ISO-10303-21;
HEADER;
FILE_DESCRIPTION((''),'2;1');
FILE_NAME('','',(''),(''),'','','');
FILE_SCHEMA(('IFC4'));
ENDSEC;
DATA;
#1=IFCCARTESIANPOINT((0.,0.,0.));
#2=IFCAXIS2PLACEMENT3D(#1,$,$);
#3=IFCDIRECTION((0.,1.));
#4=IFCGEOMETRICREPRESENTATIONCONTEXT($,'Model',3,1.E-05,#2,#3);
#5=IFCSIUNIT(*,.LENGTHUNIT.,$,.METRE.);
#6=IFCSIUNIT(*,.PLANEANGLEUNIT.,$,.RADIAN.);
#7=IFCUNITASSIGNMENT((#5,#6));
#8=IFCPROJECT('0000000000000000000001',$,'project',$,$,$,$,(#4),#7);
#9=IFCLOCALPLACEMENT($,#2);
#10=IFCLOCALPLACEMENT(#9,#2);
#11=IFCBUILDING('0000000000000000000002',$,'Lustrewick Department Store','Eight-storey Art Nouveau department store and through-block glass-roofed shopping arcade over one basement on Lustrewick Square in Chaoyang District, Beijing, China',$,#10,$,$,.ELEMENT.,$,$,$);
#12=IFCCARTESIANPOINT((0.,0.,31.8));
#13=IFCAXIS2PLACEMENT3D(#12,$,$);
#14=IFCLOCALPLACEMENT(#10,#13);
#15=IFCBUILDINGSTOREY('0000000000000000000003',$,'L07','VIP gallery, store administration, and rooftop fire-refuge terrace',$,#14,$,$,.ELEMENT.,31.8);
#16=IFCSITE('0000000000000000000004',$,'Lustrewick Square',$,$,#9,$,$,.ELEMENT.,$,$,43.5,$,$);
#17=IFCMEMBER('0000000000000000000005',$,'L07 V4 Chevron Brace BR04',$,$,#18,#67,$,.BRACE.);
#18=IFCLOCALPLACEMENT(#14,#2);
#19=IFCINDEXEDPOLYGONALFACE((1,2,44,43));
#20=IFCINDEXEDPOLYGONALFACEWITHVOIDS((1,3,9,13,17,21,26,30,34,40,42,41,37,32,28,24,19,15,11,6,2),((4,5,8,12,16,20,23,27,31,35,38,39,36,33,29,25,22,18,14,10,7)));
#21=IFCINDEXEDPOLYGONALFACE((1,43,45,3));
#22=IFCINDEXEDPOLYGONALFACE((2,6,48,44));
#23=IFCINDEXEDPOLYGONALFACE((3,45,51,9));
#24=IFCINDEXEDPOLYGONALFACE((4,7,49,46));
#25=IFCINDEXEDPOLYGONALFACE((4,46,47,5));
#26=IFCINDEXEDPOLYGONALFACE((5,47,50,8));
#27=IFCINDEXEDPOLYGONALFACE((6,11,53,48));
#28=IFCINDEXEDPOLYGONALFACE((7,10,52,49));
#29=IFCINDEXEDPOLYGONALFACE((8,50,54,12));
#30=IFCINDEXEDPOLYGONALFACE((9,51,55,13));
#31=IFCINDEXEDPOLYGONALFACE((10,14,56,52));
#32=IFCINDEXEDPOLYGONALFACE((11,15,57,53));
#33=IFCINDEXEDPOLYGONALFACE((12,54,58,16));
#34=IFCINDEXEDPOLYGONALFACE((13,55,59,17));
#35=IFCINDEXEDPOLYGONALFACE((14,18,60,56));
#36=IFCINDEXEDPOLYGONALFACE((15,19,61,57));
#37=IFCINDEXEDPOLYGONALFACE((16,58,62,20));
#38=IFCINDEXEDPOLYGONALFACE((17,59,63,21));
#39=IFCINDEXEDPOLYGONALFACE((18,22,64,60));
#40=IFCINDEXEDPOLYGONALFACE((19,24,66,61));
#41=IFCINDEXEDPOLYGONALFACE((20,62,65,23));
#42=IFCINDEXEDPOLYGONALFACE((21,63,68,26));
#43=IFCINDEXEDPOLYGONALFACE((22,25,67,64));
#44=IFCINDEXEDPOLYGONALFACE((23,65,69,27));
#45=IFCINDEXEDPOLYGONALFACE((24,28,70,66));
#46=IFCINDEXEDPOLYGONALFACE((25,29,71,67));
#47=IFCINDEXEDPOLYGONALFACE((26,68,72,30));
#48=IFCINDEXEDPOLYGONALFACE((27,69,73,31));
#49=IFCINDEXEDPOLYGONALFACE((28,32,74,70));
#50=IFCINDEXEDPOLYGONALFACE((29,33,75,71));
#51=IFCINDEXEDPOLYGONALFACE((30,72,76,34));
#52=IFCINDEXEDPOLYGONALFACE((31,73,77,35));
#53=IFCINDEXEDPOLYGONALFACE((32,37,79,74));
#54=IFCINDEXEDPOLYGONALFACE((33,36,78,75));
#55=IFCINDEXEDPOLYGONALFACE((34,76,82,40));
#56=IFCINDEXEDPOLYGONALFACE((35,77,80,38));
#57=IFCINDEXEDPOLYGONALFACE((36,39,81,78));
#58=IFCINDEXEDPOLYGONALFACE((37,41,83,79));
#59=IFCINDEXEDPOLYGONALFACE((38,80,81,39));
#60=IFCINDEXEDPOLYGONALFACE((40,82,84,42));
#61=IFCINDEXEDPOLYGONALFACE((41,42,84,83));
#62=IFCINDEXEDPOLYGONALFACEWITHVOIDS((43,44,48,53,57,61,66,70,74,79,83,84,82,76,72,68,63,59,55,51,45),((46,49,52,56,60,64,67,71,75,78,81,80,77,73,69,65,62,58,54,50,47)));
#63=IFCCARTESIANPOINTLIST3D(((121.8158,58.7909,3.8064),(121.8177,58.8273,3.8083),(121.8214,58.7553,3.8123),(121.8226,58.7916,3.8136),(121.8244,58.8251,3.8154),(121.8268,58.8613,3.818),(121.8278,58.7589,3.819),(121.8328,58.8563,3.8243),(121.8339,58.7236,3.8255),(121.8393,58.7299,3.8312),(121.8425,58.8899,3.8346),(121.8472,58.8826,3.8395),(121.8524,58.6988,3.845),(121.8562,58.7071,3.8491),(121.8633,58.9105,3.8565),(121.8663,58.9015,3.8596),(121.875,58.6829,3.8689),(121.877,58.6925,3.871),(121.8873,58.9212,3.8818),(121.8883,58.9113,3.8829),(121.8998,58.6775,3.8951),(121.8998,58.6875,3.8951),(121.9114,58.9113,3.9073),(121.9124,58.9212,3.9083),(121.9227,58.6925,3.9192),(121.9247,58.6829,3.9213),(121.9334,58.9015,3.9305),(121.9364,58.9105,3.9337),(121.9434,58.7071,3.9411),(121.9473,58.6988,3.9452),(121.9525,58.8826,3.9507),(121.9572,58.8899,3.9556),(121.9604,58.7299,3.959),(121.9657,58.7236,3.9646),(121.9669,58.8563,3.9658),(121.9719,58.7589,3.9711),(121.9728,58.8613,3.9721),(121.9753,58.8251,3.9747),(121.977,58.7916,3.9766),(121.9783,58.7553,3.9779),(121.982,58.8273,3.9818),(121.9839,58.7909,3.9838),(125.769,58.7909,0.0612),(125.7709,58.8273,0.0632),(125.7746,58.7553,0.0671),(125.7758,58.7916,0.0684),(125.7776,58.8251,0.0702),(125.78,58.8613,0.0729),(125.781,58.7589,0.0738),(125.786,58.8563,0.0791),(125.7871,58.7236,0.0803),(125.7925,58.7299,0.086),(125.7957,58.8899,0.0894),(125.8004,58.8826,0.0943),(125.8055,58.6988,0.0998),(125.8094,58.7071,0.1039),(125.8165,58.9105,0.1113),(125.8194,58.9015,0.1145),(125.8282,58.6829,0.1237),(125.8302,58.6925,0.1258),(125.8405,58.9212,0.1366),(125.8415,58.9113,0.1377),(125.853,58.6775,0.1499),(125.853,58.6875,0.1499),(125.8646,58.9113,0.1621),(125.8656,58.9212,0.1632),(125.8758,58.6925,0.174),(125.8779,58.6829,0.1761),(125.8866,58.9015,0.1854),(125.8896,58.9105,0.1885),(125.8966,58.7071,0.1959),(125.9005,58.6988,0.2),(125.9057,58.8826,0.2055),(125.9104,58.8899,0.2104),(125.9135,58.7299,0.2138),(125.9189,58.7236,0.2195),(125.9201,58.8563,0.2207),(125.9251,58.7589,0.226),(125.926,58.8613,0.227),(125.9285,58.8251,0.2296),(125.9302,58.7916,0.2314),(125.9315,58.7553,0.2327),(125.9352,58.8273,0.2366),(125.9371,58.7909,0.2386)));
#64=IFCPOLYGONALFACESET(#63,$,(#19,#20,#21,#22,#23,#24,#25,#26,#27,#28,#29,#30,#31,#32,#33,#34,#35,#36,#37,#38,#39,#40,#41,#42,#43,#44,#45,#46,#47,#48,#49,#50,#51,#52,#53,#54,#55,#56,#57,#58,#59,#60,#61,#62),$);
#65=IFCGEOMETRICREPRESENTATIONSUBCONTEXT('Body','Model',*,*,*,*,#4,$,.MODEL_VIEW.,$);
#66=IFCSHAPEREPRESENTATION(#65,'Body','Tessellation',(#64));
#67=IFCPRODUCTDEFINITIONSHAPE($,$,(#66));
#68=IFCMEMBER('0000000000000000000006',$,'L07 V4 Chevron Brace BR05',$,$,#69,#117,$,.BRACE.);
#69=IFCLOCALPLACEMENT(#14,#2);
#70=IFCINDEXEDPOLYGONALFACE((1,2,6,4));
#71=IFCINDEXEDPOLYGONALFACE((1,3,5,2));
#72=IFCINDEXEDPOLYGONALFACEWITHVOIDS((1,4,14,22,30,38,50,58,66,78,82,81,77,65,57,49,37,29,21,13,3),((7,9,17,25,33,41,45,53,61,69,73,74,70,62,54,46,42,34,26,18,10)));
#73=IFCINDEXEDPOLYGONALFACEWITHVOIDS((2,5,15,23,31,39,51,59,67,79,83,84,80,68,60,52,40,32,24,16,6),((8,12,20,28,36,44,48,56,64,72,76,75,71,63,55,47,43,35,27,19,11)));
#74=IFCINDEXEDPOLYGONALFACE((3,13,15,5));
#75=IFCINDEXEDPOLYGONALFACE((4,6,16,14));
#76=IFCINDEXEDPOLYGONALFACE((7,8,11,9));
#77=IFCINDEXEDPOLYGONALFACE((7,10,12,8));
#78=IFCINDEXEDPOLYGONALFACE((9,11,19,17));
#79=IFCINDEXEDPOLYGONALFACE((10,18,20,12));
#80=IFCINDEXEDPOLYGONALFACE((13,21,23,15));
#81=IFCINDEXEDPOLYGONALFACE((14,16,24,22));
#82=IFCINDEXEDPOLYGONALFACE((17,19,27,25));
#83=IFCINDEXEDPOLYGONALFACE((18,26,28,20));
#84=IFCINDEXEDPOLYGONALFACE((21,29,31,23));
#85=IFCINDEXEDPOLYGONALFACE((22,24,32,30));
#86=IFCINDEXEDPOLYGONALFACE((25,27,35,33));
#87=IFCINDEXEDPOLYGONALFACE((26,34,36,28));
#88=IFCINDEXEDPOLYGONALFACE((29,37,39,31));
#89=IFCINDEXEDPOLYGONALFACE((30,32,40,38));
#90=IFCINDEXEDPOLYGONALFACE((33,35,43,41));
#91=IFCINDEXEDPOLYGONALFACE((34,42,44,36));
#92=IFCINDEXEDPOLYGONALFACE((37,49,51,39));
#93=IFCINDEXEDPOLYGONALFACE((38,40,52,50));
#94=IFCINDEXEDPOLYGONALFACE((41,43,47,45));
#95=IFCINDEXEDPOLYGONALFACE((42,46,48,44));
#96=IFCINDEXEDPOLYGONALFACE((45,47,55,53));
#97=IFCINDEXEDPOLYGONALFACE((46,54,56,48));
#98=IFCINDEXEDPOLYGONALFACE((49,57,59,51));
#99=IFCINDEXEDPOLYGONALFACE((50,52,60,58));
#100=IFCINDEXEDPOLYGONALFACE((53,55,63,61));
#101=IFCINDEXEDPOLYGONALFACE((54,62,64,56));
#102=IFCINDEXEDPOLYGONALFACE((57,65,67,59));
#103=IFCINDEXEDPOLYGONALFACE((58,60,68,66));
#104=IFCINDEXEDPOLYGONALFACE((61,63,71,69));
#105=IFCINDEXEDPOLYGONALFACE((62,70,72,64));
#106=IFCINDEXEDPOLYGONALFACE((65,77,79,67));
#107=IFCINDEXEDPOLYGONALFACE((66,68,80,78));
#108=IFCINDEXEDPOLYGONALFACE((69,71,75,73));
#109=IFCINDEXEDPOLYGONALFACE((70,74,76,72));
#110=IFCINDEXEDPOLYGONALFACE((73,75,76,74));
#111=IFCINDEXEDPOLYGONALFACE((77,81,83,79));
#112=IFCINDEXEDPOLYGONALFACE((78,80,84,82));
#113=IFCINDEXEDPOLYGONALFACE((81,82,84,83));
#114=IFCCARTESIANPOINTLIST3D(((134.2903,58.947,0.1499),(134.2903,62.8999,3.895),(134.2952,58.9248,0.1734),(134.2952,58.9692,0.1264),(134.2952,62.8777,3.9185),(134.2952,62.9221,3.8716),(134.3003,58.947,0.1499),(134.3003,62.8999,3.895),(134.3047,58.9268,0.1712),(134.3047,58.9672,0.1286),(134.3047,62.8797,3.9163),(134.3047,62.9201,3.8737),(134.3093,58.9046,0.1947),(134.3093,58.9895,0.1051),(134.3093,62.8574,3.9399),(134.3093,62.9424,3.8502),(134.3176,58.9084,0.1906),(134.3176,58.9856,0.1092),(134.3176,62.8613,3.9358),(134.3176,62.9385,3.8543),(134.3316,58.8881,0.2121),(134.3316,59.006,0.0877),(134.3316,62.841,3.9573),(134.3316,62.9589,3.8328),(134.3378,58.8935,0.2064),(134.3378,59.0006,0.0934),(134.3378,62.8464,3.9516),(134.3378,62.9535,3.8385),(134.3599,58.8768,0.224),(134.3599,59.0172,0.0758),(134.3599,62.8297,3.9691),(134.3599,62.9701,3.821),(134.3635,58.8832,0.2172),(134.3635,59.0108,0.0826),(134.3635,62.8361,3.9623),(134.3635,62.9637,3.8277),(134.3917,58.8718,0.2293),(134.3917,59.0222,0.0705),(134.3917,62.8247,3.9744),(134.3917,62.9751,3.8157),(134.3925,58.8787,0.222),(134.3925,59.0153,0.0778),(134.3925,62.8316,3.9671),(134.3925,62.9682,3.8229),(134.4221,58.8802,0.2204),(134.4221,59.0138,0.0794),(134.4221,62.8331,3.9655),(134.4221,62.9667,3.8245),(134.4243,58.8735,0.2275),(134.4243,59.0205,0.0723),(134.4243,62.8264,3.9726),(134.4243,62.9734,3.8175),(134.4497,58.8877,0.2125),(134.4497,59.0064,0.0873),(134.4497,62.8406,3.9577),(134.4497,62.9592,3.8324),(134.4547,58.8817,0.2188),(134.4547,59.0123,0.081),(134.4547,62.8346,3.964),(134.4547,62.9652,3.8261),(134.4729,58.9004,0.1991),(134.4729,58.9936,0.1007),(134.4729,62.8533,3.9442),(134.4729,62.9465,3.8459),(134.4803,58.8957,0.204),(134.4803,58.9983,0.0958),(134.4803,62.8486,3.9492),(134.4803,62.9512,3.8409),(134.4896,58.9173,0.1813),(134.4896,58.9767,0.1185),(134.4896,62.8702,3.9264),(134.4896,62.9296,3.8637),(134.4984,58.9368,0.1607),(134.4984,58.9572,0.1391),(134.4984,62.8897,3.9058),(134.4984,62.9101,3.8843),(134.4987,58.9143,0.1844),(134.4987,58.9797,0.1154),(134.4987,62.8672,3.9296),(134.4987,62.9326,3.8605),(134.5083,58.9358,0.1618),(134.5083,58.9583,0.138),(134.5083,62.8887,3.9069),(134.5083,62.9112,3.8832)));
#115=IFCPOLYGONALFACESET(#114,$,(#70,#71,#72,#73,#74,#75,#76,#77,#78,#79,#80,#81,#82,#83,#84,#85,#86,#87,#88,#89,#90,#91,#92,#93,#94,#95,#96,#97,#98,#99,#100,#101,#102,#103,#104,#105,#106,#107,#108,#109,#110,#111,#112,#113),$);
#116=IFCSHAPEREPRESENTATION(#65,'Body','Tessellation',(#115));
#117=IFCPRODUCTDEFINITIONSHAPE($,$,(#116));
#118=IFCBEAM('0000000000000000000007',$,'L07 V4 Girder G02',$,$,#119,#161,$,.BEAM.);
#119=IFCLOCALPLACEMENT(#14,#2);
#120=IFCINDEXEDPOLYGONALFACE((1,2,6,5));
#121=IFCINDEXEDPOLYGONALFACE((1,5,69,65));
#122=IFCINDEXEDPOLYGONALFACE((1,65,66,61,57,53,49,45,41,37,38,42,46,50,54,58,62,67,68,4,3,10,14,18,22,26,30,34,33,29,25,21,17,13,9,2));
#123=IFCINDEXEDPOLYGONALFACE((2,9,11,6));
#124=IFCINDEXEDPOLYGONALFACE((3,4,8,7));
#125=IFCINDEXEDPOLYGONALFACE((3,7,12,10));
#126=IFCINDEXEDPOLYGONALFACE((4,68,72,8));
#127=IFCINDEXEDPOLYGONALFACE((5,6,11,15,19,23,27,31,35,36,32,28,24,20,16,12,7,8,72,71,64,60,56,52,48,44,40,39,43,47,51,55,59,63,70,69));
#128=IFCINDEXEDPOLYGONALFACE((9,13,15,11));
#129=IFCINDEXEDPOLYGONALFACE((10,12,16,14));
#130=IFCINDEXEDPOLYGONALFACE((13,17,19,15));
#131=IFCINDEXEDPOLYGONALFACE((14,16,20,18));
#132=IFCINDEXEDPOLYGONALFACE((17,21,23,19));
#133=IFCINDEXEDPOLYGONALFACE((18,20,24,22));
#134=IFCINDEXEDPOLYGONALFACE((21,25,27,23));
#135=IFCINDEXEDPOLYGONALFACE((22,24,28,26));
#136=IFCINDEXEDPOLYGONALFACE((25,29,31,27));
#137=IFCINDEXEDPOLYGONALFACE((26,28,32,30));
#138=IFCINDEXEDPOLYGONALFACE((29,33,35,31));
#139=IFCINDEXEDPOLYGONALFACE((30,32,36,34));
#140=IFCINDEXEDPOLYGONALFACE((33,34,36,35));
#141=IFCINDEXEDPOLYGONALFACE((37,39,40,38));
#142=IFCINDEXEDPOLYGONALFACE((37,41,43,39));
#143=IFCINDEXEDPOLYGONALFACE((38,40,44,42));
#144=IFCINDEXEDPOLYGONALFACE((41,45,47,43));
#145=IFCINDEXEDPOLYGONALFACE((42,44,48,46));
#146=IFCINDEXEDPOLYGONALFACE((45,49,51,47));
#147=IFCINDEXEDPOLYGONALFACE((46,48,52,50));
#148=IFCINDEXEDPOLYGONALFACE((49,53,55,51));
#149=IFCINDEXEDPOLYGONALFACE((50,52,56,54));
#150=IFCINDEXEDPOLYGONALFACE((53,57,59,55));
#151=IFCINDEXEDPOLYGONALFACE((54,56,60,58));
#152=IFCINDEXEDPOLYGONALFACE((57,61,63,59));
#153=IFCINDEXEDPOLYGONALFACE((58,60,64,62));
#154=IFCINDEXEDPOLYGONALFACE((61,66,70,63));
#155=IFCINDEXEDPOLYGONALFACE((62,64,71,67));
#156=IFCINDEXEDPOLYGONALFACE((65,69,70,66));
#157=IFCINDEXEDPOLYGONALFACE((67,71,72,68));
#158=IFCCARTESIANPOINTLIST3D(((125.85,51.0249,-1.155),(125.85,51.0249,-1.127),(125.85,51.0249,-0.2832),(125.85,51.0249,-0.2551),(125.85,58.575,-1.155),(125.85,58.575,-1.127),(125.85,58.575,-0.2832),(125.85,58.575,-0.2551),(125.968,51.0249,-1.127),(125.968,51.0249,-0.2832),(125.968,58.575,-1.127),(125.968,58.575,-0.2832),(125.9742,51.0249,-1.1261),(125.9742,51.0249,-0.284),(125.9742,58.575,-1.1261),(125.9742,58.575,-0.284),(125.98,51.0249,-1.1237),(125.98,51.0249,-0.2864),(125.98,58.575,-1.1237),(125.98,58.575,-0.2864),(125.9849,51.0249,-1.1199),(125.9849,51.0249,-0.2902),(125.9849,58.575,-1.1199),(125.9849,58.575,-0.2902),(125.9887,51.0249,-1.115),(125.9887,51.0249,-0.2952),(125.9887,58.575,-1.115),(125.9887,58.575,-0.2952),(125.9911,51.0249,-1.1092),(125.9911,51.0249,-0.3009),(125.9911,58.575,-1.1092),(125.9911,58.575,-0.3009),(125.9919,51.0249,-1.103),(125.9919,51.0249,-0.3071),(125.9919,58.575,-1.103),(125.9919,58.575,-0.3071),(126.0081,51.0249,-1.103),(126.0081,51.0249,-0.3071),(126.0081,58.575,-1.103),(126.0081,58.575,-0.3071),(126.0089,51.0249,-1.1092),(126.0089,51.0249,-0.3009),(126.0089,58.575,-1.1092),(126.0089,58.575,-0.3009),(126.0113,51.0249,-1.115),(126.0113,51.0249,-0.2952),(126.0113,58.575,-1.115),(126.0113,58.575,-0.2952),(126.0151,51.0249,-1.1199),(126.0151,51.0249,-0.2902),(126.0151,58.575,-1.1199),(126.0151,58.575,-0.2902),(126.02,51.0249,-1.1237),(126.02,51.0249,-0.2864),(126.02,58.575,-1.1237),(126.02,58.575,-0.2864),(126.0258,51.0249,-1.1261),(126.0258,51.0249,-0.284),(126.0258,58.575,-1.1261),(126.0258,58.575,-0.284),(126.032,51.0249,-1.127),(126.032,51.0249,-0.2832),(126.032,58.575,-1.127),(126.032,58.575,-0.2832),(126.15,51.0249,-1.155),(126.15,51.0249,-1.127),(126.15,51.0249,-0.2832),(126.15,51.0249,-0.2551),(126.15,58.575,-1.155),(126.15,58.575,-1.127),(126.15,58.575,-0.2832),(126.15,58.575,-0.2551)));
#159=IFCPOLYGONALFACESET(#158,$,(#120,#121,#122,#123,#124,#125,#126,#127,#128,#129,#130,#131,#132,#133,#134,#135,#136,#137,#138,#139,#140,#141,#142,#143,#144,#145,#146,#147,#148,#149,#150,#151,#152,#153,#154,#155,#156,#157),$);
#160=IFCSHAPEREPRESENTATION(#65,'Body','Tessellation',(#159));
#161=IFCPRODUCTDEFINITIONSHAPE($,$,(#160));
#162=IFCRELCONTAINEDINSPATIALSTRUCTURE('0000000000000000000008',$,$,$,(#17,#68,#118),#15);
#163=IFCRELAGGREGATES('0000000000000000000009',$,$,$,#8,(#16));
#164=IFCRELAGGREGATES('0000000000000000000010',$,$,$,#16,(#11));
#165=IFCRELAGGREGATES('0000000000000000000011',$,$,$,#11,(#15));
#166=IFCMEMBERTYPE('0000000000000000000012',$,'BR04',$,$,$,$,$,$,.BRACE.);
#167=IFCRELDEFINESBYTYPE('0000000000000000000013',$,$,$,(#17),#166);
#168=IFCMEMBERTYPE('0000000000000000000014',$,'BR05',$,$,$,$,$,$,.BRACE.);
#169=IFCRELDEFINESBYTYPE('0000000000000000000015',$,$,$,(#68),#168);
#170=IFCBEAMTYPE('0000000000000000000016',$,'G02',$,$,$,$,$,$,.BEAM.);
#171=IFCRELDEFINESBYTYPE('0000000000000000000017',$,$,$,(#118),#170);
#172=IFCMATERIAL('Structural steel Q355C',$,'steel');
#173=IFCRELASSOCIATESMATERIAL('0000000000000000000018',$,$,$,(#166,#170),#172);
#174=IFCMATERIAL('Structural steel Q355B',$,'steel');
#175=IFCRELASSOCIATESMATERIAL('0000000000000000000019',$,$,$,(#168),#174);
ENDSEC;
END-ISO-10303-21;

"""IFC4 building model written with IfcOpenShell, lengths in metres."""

from ifc_helpers import new_model, si_unit, direction, frame, origin, origin_2d, place, context, subcontext, project, spatial, hollow_circle, i_section, extrude, material, material_profile, profile_set, type_object, element, save


model = new_model("IFC4")

# Units and contexts
model_context = context("Model", 3, precision=1e-05, world=origin(), true_north=direction((0.0, 1.0)))
body_context = subcontext(model_context, "Body", "Model", "MODEL_VIEW")
ifc_project = project(units=[si_unit("LENGTHUNIT", "METRE"), si_unit("PLANEANGLEUNIT", "RADIAN")], contexts=[model_context])

# Site, building, storey
site_placement = place(None, origin())
site = spatial("IfcSite", under=ifc_project, at=site_placement, Name="Lustrewick Square", CompositionType="ELEMENT", RefElevation=43.5)
building_placement = place(site_placement, origin())
building = spatial("IfcBuilding", under=site, at=building_placement, Name="Lustrewick Department Store", Description="Eight-storey Art Nouveau department store and through-block glass-roofed shopping arcade over one basement on Lustrewick Square in Chaoyang District, Beijing, China", CompositionType="ELEMENT")
storey_placement = place(building_placement, frame((0.0, 0.0, 31.8)))
storey = spatial("IfcBuildingStorey", under=building, at=storey_placement, Name="L07", Description="VIP gallery, store administration, and rooftop fire-refuge terrace", CompositionType="ELEMENT", Elevation=31.8)

# Shared definitions
ifc_material_1 = material(Name="Structural steel Q355B", Category="steel")

# Members
ifc_material_2 = material(Name="Structural steel Q355C", Category="steel")
ifc_material_profile_1 = material_profile(ifc_material_2, hollow_circle(Radius=0.1226, WallThickness=0.01, at=origin_2d()), Name="CHS 245x10")
ifc_profile_set_1 = profile_set([ifc_material_profile_1], Name="Structural steel Q355C")
member_type_1 = type_object("IfcMemberType", Name="BR04", PredefinedType="BRACE", material=ifc_profile_set_1)
member_1_placement = place(storey_placement, frame((125.853, 58.8, 0.1499), z_axis=(-0.725948, 0.0, 0.68775), x_axis=(0.0, -1.0, 0.0)))
element("IfcMember", 1, at=member_1_placement, inside=storey, type_object=member_type_1, Name="L07 V4 Chevron Brace BR04", PredefinedType="BRACE", context=body_context, shape_type="SweptSolid", body=[
    extrude(hollow_circle(Radius=0.1226, WallThickness=0.01, at=origin_2d()), origin(), (0.0, 0.0, 1.0), 5.4456),
])
ifc_material_profile_2 = material_profile(ifc_material_1, hollow_circle(Radius=0.1096, WallThickness=0.01, at=origin_2d()), Name="CHS 219x10")
ifc_profile_set_2 = profile_set([ifc_material_profile_2], Name="Structural steel Q355B")
member_type_2 = type_object("IfcMemberType", Name="BR05", PredefinedType="BRACE", material=ifc_profile_set_2)
member_2_placement = place(storey_placement, frame((134.3999, 58.947, 0.1499), z_axis=(0.0, 0.725927, 0.687772), x_axis=(-1.0, 0.0, 0.0)))
element("IfcMember", 2, at=member_2_placement, inside=storey, type_object=member_type_2, Name="L07 V4 Chevron Brace BR05", PredefinedType="BRACE", context=body_context, shape_type="SweptSolid", body=[
    extrude(hollow_circle(Radius=0.1096, WallThickness=0.01, at=origin_2d()), origin(), (0.0, 0.0, 1.0), 5.4453),
])

# Beam
ifc_material_profile_3 = material_profile(ifc_material_2, i_section(OverallWidth=0.3, OverallDepth=0.8999, WebThickness=0.0161, FlangeThickness=0.0281, FilletRadius=0.0239, at=origin_2d()), Name="HN 900x300x16x28")
ifc_profile_set_3 = profile_set([ifc_material_profile_3], Name="Structural steel Q355C")
beam_type_1 = type_object("IfcBeamType", Name="G02", PredefinedType="BEAM", material=ifc_profile_set_3)
beam_1_placement = place(storey_placement, frame((126.0, 51.0249, -0.7051), z_axis=(0.0, 1.0, 0.0), x_axis=(-1.0, 0.0, 0.0)))
element("IfcBeam", 3, at=beam_1_placement, inside=storey, type_object=beam_type_1, Name="L07 V4 Girder G02", PredefinedType="BEAM", context=body_context, shape_type="SweptSolid", body=[
    extrude(i_section(OverallWidth=0.3, OverallDepth=0.8999, WebThickness=0.0161, FlangeThickness=0.0281, FilletRadius=0.0239, at=origin_2d()), origin(), (0.0, 0.0, 1.0), 7.55),
])

save(model, "model.ifc")
